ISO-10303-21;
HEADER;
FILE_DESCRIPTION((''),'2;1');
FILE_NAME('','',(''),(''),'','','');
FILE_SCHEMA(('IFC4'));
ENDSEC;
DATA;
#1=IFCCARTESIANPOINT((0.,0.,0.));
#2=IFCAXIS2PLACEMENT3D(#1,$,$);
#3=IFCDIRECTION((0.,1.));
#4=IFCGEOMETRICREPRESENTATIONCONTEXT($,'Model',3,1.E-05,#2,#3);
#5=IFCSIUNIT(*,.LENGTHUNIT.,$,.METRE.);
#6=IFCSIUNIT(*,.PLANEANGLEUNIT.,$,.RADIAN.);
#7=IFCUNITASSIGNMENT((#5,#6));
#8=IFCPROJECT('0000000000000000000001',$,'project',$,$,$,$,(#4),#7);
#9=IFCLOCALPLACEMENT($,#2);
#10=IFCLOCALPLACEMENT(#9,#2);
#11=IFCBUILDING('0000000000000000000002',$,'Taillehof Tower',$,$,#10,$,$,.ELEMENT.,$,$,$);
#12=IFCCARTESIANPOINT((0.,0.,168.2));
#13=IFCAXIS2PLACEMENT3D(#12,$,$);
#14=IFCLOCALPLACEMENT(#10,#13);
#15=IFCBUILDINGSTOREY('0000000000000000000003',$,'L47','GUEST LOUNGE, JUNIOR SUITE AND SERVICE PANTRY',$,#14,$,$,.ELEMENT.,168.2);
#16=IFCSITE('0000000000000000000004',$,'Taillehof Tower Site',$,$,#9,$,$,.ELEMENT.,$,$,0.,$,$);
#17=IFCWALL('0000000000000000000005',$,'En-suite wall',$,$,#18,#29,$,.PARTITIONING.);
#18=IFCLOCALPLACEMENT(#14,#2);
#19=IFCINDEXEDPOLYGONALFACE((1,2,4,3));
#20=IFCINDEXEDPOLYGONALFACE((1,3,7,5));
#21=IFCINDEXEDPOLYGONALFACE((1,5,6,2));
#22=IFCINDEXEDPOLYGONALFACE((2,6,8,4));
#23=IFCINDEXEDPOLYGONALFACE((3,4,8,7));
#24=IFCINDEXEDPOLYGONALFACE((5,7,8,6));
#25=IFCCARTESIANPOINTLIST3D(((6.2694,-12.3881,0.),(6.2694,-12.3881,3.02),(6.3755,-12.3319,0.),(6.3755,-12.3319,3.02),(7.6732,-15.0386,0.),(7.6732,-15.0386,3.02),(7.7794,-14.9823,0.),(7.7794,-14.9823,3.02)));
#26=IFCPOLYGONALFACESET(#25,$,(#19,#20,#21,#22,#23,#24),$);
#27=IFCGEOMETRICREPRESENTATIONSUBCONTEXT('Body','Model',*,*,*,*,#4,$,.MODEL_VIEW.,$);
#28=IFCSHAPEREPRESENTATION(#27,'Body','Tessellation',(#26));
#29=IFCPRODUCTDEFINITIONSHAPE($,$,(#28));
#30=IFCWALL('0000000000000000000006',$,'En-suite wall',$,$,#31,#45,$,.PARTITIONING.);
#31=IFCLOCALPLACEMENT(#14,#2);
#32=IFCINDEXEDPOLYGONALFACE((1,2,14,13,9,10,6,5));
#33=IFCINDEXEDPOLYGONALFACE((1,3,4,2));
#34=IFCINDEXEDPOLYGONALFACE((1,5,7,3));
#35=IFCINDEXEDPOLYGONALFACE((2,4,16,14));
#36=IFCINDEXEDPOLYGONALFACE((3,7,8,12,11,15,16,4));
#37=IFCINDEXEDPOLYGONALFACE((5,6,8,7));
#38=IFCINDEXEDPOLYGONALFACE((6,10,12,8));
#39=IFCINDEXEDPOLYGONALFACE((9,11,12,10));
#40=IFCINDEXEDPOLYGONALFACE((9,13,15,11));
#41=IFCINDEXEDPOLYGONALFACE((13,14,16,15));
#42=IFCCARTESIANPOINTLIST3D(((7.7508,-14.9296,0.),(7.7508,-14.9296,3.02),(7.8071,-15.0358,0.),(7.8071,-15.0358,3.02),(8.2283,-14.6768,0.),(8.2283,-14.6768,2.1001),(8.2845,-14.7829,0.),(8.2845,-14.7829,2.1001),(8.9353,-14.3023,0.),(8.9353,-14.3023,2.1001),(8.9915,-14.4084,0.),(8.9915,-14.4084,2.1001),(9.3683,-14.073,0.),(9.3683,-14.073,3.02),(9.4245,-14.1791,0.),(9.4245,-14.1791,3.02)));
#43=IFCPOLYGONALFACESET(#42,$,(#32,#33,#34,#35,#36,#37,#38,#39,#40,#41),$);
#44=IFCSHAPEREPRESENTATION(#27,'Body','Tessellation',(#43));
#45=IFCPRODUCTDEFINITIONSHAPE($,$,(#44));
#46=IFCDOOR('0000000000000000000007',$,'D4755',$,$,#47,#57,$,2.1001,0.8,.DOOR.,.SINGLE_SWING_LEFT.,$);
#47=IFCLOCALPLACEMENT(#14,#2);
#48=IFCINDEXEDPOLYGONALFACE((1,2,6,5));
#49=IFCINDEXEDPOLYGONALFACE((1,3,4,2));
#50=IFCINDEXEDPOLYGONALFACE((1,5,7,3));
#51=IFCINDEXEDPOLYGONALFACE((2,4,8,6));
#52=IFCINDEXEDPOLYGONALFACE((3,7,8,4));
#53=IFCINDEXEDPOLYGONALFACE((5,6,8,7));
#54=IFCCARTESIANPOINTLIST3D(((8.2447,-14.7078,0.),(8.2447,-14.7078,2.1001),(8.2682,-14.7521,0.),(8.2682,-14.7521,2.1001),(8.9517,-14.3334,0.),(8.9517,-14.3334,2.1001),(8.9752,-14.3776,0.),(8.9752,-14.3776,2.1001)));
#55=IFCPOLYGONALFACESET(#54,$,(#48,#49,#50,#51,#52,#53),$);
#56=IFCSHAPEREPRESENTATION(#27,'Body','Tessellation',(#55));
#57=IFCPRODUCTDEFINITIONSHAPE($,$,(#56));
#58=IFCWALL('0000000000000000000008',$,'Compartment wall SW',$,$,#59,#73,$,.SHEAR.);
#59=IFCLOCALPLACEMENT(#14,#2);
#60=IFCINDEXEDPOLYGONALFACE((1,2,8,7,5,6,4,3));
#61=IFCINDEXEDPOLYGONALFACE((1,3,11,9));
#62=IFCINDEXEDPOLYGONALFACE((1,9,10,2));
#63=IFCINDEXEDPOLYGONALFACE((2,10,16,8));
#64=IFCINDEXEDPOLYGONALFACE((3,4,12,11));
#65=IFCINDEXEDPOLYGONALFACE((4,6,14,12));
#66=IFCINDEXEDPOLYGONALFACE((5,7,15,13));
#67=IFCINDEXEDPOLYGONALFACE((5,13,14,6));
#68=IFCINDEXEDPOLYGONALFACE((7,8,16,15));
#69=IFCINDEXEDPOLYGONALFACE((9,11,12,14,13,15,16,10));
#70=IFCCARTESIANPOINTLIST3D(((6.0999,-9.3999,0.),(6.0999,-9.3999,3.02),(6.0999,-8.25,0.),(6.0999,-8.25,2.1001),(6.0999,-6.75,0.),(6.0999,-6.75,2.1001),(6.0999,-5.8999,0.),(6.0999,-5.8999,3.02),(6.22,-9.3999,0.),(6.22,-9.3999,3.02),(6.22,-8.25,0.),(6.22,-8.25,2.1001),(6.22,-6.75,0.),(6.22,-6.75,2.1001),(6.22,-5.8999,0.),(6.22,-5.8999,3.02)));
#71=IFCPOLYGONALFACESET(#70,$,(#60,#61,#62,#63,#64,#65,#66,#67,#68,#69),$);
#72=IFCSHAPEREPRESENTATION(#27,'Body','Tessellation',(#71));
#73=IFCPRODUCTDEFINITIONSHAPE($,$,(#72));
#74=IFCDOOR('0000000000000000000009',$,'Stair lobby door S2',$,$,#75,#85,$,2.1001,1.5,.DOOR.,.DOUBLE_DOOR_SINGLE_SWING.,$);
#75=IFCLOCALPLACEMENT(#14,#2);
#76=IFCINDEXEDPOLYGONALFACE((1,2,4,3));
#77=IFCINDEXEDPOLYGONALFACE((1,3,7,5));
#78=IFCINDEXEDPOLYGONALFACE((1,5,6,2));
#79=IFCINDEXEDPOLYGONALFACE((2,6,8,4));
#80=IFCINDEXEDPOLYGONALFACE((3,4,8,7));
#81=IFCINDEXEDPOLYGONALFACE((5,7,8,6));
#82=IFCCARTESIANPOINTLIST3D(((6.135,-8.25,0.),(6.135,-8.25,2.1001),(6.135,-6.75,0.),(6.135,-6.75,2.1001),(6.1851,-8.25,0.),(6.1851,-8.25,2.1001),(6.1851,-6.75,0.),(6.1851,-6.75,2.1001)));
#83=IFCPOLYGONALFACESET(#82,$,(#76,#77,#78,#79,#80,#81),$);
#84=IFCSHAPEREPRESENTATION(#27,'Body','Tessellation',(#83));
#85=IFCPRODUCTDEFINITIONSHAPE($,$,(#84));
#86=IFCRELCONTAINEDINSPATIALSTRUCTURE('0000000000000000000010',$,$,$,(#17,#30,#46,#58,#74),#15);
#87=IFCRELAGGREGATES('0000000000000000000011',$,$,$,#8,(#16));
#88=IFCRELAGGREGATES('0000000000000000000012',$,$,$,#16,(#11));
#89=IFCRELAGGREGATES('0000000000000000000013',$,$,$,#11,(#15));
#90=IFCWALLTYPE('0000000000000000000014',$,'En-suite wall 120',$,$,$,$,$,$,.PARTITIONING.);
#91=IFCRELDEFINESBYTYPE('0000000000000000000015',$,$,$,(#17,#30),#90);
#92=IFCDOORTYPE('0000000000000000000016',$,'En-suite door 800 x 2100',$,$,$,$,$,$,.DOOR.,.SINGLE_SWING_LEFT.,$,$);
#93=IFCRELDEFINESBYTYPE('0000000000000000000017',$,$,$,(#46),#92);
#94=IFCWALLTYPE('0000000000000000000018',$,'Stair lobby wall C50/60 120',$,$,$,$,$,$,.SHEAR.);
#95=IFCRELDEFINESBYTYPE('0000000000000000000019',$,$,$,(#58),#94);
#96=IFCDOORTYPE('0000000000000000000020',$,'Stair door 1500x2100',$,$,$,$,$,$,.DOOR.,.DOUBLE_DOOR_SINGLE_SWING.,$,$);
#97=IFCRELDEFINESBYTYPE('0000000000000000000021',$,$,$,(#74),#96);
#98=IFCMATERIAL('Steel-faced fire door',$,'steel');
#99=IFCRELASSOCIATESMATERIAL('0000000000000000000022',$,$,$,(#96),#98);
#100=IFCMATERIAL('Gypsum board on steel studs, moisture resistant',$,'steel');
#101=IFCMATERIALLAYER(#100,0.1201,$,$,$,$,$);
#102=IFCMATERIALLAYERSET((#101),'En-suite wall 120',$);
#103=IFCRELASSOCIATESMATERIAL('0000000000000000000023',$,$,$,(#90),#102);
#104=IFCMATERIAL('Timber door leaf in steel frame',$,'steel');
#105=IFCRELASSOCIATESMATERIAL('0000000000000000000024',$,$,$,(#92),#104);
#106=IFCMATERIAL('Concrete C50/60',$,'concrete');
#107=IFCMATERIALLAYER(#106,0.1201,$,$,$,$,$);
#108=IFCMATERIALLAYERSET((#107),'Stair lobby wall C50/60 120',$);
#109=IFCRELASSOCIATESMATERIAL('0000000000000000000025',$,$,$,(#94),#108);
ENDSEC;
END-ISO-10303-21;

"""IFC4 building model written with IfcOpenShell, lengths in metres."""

from ifc_helpers import new_model, si_unit, direction, frame, frame_2d, origin, place, context, subcontext, project, spatial, rectangle, extrude, material, layer, layer_set, type_object, element, fill, save


model = new_model("IFC4")

# Units and contexts
model_context = context("Model", 3, precision=1e-05, world=origin(), true_north=direction((0.0, 1.0)))
body_context = subcontext(model_context, "Body", "Model", "MODEL_VIEW")
ifc_project = project(units=[si_unit("LENGTHUNIT", "METRE"), si_unit("PLANEANGLEUNIT", "RADIAN")], contexts=[model_context])

# Site, building, storey
site_placement = place(None, origin())
site = spatial("IfcSite", under=ifc_project, at=site_placement, Name="Taillehof Tower Site", CompositionType="ELEMENT", RefElevation=0.0)
building_placement = place(site_placement, origin())
building = spatial("IfcBuilding", under=site, at=building_placement, Name="Taillehof Tower", CompositionType="ELEMENT")
storey_placement = place(building_placement, frame((0.0, 0.0, 168.2)))
storey = spatial("IfcBuildingStorey", under=building, at=storey_placement, Name="L47", Description="GUEST LOUNGE, JUNIOR SUITE AND SERVICE PANTRY", CompositionType="ELEMENT", Elevation=168.2)

# Shared definitions
ifc_material_1 = material(Name="Steel-faced fire door", Category="steel")
door_type_1 = type_object("IfcDoorType", Name="Stair door 1500x2100", OperationType="DOUBLE_DOOR_SINGLE_SWING", PredefinedType="DOOR", material=ifc_material_1)

# Wall
ifc_material_2 = material(Name="Gypsum board on steel studs, moisture resistant", Category="steel")
ifc_layer_1 = layer(ifc_material_2, 0.1201)
ifc_layer_set_1 = layer_set([ifc_layer_1], Name="En-suite wall 120")
wall_type_1 = type_object("IfcWallType", Name="En-suite wall 120", PredefinedType="PARTITIONING", material=ifc_layer_set_1)
wall_1_placement = place(storey_placement, frame((6.3225, -12.3601, 0.0), z_axis=(0.0, 0.0, 1.0), x_axis=(0.46806, -0.883697, 0.0)))
element("IfcWall", 1, at=wall_1_placement, inside=storey, type_object=wall_type_1, Name="En-suite wall", PredefinedType="PARTITIONING", context=body_context, shape_type="SweptSolid", body=[
    extrude(rectangle(XDim=2.9993, YDim=0.1201, at=frame_2d((1.4995, 0.0))), origin(), (0.0, 0.0, 1.0), 3.02),
])

# Walls, openings, doors
wall_2_placement = place(storey_placement, frame((7.7791, -14.9827, 0.0), z_axis=(0.0, 0.0, 1.0), x_axis=(0.883697, 0.468059, 0.0)))
wall_2 = element("IfcWall", 2, at=wall_2_placement, inside=storey, type_object=wall_type_1, Name="En-suite wall", PredefinedType="PARTITIONING", context=body_context, shape_type="SweptSolid", body=[
    extrude(rectangle(XDim=1.8303, YDim=0.1201, at=frame_2d((0.915, 0.0))), origin(), (0.0, 0.0, 1.0), 3.02),
])
opening_1_placement = place(wall_2_placement, frame((0.5403, 0.0, 0.0)))
opening_1 = element("IfcOpeningElement", 3, at=opening_1_placement, cuts=wall_2, PredefinedType="OPENING", context=body_context, shape_type="SweptSolid", body=[
    extrude(rectangle(XDim=0.8, YDim=2.1001, at=frame_2d((0.3999, 1.05))), frame((0.0, 0.0701, 0.0), z_axis=(0.0, -1.0, 0.0), x_axis=(1.0, 0.0, 0.0)), (0.0, 0.0, 1.0), 0.1401),
])
ifc_material_3 = material(Name="Timber door leaf in steel frame", Category="steel")
door_type_2 = type_object("IfcDoorType", Name="En-suite door 800 x 2100", OperationType="SINGLE_SWING_LEFT", PredefinedType="DOOR", material=ifc_material_3)
door_1_placement = place(opening_1_placement, origin())
door_1 = element("IfcDoor", 4, at=door_1_placement, inside=storey, type_object=door_type_2, Name="D4755", OperationType="SINGLE_SWING_LEFT", OverallHeight=2.1001, OverallWidth=0.8, PredefinedType="DOOR", context=body_context, shape_type="SweptSolid", body=[
    extrude(rectangle(XDim=0.8, YDim=2.1001, at=frame_2d((0.3999, 1.05))), frame((0.0, 0.0249, 0.0), z_axis=(0.0, -1.0, 0.0), x_axis=(1.0, 0.0, 0.0)), (0.0, 0.0, 1.0), 0.05),
])
fill(opening_1, door_1)
ifc_material_4 = material(Name="Concrete C50/60", Category="concrete")
ifc_layer_2 = layer(ifc_material_4, 0.1201)
ifc_layer_set_2 = layer_set([ifc_layer_2], Name="Stair lobby wall C50/60 120")
wall_type_2 = type_object("IfcWallType", Name="Stair lobby wall C50/60 120", PredefinedType="SHEAR", material=ifc_layer_set_2)
wall_3_placement = place(storey_placement, frame((6.1599, -9.3999, 0.0), z_axis=(0.0, 0.0, 1.0), x_axis=(0.0, 1.0, 0.0)))
wall_3 = element("IfcWall", 5, at=wall_3_placement, inside=storey, type_object=wall_type_2, Name="Compartment wall SW", PredefinedType="SHEAR", context=body_context, shape_type="SweptSolid", body=[
    extrude(rectangle(XDim=3.5, YDim=0.1201, at=frame_2d((1.75, 0.0))), origin(), (0.0, 0.0, 1.0), 3.02),
])
opening_2_placement = place(wall_3_placement, frame((1.1499, 0.0, 0.0)))
opening_2 = element("IfcOpeningElement", 6, at=opening_2_placement, cuts=wall_3, PredefinedType="OPENING", context=body_context, shape_type="SweptSolid", body=[
    extrude(rectangle(XDim=1.5, YDim=2.1001, at=frame_2d((0.75, 1.05))), frame((0.0, 0.0701, 0.0), z_axis=(0.0, -1.0, 0.0), x_axis=(1.0, 0.0, 0.0)), (0.0, 0.0, 1.0), 0.1401),
])
door_2_placement = place(opening_2_placement, origin())
door_2 = element("IfcDoor", 7, at=door_2_placement, inside=storey, type_object=door_type_1, Name="Stair lobby door S2", OperationType="DOUBLE_DOOR_SINGLE_SWING", OverallHeight=2.1001, OverallWidth=1.5, PredefinedType="DOOR", context=body_context, shape_type="SweptSolid", body=[
    extrude(rectangle(XDim=1.5, YDim=2.1001, at=frame_2d((0.75, 1.05))), frame((0.0, 0.0249, 0.0), z_axis=(0.0, -1.0, 0.0), x_axis=(1.0, 0.0, 0.0)), (0.0, 0.0, 1.0), 0.05),
])
fill(opening_2, door_2)

save(model, "model.ifc")
